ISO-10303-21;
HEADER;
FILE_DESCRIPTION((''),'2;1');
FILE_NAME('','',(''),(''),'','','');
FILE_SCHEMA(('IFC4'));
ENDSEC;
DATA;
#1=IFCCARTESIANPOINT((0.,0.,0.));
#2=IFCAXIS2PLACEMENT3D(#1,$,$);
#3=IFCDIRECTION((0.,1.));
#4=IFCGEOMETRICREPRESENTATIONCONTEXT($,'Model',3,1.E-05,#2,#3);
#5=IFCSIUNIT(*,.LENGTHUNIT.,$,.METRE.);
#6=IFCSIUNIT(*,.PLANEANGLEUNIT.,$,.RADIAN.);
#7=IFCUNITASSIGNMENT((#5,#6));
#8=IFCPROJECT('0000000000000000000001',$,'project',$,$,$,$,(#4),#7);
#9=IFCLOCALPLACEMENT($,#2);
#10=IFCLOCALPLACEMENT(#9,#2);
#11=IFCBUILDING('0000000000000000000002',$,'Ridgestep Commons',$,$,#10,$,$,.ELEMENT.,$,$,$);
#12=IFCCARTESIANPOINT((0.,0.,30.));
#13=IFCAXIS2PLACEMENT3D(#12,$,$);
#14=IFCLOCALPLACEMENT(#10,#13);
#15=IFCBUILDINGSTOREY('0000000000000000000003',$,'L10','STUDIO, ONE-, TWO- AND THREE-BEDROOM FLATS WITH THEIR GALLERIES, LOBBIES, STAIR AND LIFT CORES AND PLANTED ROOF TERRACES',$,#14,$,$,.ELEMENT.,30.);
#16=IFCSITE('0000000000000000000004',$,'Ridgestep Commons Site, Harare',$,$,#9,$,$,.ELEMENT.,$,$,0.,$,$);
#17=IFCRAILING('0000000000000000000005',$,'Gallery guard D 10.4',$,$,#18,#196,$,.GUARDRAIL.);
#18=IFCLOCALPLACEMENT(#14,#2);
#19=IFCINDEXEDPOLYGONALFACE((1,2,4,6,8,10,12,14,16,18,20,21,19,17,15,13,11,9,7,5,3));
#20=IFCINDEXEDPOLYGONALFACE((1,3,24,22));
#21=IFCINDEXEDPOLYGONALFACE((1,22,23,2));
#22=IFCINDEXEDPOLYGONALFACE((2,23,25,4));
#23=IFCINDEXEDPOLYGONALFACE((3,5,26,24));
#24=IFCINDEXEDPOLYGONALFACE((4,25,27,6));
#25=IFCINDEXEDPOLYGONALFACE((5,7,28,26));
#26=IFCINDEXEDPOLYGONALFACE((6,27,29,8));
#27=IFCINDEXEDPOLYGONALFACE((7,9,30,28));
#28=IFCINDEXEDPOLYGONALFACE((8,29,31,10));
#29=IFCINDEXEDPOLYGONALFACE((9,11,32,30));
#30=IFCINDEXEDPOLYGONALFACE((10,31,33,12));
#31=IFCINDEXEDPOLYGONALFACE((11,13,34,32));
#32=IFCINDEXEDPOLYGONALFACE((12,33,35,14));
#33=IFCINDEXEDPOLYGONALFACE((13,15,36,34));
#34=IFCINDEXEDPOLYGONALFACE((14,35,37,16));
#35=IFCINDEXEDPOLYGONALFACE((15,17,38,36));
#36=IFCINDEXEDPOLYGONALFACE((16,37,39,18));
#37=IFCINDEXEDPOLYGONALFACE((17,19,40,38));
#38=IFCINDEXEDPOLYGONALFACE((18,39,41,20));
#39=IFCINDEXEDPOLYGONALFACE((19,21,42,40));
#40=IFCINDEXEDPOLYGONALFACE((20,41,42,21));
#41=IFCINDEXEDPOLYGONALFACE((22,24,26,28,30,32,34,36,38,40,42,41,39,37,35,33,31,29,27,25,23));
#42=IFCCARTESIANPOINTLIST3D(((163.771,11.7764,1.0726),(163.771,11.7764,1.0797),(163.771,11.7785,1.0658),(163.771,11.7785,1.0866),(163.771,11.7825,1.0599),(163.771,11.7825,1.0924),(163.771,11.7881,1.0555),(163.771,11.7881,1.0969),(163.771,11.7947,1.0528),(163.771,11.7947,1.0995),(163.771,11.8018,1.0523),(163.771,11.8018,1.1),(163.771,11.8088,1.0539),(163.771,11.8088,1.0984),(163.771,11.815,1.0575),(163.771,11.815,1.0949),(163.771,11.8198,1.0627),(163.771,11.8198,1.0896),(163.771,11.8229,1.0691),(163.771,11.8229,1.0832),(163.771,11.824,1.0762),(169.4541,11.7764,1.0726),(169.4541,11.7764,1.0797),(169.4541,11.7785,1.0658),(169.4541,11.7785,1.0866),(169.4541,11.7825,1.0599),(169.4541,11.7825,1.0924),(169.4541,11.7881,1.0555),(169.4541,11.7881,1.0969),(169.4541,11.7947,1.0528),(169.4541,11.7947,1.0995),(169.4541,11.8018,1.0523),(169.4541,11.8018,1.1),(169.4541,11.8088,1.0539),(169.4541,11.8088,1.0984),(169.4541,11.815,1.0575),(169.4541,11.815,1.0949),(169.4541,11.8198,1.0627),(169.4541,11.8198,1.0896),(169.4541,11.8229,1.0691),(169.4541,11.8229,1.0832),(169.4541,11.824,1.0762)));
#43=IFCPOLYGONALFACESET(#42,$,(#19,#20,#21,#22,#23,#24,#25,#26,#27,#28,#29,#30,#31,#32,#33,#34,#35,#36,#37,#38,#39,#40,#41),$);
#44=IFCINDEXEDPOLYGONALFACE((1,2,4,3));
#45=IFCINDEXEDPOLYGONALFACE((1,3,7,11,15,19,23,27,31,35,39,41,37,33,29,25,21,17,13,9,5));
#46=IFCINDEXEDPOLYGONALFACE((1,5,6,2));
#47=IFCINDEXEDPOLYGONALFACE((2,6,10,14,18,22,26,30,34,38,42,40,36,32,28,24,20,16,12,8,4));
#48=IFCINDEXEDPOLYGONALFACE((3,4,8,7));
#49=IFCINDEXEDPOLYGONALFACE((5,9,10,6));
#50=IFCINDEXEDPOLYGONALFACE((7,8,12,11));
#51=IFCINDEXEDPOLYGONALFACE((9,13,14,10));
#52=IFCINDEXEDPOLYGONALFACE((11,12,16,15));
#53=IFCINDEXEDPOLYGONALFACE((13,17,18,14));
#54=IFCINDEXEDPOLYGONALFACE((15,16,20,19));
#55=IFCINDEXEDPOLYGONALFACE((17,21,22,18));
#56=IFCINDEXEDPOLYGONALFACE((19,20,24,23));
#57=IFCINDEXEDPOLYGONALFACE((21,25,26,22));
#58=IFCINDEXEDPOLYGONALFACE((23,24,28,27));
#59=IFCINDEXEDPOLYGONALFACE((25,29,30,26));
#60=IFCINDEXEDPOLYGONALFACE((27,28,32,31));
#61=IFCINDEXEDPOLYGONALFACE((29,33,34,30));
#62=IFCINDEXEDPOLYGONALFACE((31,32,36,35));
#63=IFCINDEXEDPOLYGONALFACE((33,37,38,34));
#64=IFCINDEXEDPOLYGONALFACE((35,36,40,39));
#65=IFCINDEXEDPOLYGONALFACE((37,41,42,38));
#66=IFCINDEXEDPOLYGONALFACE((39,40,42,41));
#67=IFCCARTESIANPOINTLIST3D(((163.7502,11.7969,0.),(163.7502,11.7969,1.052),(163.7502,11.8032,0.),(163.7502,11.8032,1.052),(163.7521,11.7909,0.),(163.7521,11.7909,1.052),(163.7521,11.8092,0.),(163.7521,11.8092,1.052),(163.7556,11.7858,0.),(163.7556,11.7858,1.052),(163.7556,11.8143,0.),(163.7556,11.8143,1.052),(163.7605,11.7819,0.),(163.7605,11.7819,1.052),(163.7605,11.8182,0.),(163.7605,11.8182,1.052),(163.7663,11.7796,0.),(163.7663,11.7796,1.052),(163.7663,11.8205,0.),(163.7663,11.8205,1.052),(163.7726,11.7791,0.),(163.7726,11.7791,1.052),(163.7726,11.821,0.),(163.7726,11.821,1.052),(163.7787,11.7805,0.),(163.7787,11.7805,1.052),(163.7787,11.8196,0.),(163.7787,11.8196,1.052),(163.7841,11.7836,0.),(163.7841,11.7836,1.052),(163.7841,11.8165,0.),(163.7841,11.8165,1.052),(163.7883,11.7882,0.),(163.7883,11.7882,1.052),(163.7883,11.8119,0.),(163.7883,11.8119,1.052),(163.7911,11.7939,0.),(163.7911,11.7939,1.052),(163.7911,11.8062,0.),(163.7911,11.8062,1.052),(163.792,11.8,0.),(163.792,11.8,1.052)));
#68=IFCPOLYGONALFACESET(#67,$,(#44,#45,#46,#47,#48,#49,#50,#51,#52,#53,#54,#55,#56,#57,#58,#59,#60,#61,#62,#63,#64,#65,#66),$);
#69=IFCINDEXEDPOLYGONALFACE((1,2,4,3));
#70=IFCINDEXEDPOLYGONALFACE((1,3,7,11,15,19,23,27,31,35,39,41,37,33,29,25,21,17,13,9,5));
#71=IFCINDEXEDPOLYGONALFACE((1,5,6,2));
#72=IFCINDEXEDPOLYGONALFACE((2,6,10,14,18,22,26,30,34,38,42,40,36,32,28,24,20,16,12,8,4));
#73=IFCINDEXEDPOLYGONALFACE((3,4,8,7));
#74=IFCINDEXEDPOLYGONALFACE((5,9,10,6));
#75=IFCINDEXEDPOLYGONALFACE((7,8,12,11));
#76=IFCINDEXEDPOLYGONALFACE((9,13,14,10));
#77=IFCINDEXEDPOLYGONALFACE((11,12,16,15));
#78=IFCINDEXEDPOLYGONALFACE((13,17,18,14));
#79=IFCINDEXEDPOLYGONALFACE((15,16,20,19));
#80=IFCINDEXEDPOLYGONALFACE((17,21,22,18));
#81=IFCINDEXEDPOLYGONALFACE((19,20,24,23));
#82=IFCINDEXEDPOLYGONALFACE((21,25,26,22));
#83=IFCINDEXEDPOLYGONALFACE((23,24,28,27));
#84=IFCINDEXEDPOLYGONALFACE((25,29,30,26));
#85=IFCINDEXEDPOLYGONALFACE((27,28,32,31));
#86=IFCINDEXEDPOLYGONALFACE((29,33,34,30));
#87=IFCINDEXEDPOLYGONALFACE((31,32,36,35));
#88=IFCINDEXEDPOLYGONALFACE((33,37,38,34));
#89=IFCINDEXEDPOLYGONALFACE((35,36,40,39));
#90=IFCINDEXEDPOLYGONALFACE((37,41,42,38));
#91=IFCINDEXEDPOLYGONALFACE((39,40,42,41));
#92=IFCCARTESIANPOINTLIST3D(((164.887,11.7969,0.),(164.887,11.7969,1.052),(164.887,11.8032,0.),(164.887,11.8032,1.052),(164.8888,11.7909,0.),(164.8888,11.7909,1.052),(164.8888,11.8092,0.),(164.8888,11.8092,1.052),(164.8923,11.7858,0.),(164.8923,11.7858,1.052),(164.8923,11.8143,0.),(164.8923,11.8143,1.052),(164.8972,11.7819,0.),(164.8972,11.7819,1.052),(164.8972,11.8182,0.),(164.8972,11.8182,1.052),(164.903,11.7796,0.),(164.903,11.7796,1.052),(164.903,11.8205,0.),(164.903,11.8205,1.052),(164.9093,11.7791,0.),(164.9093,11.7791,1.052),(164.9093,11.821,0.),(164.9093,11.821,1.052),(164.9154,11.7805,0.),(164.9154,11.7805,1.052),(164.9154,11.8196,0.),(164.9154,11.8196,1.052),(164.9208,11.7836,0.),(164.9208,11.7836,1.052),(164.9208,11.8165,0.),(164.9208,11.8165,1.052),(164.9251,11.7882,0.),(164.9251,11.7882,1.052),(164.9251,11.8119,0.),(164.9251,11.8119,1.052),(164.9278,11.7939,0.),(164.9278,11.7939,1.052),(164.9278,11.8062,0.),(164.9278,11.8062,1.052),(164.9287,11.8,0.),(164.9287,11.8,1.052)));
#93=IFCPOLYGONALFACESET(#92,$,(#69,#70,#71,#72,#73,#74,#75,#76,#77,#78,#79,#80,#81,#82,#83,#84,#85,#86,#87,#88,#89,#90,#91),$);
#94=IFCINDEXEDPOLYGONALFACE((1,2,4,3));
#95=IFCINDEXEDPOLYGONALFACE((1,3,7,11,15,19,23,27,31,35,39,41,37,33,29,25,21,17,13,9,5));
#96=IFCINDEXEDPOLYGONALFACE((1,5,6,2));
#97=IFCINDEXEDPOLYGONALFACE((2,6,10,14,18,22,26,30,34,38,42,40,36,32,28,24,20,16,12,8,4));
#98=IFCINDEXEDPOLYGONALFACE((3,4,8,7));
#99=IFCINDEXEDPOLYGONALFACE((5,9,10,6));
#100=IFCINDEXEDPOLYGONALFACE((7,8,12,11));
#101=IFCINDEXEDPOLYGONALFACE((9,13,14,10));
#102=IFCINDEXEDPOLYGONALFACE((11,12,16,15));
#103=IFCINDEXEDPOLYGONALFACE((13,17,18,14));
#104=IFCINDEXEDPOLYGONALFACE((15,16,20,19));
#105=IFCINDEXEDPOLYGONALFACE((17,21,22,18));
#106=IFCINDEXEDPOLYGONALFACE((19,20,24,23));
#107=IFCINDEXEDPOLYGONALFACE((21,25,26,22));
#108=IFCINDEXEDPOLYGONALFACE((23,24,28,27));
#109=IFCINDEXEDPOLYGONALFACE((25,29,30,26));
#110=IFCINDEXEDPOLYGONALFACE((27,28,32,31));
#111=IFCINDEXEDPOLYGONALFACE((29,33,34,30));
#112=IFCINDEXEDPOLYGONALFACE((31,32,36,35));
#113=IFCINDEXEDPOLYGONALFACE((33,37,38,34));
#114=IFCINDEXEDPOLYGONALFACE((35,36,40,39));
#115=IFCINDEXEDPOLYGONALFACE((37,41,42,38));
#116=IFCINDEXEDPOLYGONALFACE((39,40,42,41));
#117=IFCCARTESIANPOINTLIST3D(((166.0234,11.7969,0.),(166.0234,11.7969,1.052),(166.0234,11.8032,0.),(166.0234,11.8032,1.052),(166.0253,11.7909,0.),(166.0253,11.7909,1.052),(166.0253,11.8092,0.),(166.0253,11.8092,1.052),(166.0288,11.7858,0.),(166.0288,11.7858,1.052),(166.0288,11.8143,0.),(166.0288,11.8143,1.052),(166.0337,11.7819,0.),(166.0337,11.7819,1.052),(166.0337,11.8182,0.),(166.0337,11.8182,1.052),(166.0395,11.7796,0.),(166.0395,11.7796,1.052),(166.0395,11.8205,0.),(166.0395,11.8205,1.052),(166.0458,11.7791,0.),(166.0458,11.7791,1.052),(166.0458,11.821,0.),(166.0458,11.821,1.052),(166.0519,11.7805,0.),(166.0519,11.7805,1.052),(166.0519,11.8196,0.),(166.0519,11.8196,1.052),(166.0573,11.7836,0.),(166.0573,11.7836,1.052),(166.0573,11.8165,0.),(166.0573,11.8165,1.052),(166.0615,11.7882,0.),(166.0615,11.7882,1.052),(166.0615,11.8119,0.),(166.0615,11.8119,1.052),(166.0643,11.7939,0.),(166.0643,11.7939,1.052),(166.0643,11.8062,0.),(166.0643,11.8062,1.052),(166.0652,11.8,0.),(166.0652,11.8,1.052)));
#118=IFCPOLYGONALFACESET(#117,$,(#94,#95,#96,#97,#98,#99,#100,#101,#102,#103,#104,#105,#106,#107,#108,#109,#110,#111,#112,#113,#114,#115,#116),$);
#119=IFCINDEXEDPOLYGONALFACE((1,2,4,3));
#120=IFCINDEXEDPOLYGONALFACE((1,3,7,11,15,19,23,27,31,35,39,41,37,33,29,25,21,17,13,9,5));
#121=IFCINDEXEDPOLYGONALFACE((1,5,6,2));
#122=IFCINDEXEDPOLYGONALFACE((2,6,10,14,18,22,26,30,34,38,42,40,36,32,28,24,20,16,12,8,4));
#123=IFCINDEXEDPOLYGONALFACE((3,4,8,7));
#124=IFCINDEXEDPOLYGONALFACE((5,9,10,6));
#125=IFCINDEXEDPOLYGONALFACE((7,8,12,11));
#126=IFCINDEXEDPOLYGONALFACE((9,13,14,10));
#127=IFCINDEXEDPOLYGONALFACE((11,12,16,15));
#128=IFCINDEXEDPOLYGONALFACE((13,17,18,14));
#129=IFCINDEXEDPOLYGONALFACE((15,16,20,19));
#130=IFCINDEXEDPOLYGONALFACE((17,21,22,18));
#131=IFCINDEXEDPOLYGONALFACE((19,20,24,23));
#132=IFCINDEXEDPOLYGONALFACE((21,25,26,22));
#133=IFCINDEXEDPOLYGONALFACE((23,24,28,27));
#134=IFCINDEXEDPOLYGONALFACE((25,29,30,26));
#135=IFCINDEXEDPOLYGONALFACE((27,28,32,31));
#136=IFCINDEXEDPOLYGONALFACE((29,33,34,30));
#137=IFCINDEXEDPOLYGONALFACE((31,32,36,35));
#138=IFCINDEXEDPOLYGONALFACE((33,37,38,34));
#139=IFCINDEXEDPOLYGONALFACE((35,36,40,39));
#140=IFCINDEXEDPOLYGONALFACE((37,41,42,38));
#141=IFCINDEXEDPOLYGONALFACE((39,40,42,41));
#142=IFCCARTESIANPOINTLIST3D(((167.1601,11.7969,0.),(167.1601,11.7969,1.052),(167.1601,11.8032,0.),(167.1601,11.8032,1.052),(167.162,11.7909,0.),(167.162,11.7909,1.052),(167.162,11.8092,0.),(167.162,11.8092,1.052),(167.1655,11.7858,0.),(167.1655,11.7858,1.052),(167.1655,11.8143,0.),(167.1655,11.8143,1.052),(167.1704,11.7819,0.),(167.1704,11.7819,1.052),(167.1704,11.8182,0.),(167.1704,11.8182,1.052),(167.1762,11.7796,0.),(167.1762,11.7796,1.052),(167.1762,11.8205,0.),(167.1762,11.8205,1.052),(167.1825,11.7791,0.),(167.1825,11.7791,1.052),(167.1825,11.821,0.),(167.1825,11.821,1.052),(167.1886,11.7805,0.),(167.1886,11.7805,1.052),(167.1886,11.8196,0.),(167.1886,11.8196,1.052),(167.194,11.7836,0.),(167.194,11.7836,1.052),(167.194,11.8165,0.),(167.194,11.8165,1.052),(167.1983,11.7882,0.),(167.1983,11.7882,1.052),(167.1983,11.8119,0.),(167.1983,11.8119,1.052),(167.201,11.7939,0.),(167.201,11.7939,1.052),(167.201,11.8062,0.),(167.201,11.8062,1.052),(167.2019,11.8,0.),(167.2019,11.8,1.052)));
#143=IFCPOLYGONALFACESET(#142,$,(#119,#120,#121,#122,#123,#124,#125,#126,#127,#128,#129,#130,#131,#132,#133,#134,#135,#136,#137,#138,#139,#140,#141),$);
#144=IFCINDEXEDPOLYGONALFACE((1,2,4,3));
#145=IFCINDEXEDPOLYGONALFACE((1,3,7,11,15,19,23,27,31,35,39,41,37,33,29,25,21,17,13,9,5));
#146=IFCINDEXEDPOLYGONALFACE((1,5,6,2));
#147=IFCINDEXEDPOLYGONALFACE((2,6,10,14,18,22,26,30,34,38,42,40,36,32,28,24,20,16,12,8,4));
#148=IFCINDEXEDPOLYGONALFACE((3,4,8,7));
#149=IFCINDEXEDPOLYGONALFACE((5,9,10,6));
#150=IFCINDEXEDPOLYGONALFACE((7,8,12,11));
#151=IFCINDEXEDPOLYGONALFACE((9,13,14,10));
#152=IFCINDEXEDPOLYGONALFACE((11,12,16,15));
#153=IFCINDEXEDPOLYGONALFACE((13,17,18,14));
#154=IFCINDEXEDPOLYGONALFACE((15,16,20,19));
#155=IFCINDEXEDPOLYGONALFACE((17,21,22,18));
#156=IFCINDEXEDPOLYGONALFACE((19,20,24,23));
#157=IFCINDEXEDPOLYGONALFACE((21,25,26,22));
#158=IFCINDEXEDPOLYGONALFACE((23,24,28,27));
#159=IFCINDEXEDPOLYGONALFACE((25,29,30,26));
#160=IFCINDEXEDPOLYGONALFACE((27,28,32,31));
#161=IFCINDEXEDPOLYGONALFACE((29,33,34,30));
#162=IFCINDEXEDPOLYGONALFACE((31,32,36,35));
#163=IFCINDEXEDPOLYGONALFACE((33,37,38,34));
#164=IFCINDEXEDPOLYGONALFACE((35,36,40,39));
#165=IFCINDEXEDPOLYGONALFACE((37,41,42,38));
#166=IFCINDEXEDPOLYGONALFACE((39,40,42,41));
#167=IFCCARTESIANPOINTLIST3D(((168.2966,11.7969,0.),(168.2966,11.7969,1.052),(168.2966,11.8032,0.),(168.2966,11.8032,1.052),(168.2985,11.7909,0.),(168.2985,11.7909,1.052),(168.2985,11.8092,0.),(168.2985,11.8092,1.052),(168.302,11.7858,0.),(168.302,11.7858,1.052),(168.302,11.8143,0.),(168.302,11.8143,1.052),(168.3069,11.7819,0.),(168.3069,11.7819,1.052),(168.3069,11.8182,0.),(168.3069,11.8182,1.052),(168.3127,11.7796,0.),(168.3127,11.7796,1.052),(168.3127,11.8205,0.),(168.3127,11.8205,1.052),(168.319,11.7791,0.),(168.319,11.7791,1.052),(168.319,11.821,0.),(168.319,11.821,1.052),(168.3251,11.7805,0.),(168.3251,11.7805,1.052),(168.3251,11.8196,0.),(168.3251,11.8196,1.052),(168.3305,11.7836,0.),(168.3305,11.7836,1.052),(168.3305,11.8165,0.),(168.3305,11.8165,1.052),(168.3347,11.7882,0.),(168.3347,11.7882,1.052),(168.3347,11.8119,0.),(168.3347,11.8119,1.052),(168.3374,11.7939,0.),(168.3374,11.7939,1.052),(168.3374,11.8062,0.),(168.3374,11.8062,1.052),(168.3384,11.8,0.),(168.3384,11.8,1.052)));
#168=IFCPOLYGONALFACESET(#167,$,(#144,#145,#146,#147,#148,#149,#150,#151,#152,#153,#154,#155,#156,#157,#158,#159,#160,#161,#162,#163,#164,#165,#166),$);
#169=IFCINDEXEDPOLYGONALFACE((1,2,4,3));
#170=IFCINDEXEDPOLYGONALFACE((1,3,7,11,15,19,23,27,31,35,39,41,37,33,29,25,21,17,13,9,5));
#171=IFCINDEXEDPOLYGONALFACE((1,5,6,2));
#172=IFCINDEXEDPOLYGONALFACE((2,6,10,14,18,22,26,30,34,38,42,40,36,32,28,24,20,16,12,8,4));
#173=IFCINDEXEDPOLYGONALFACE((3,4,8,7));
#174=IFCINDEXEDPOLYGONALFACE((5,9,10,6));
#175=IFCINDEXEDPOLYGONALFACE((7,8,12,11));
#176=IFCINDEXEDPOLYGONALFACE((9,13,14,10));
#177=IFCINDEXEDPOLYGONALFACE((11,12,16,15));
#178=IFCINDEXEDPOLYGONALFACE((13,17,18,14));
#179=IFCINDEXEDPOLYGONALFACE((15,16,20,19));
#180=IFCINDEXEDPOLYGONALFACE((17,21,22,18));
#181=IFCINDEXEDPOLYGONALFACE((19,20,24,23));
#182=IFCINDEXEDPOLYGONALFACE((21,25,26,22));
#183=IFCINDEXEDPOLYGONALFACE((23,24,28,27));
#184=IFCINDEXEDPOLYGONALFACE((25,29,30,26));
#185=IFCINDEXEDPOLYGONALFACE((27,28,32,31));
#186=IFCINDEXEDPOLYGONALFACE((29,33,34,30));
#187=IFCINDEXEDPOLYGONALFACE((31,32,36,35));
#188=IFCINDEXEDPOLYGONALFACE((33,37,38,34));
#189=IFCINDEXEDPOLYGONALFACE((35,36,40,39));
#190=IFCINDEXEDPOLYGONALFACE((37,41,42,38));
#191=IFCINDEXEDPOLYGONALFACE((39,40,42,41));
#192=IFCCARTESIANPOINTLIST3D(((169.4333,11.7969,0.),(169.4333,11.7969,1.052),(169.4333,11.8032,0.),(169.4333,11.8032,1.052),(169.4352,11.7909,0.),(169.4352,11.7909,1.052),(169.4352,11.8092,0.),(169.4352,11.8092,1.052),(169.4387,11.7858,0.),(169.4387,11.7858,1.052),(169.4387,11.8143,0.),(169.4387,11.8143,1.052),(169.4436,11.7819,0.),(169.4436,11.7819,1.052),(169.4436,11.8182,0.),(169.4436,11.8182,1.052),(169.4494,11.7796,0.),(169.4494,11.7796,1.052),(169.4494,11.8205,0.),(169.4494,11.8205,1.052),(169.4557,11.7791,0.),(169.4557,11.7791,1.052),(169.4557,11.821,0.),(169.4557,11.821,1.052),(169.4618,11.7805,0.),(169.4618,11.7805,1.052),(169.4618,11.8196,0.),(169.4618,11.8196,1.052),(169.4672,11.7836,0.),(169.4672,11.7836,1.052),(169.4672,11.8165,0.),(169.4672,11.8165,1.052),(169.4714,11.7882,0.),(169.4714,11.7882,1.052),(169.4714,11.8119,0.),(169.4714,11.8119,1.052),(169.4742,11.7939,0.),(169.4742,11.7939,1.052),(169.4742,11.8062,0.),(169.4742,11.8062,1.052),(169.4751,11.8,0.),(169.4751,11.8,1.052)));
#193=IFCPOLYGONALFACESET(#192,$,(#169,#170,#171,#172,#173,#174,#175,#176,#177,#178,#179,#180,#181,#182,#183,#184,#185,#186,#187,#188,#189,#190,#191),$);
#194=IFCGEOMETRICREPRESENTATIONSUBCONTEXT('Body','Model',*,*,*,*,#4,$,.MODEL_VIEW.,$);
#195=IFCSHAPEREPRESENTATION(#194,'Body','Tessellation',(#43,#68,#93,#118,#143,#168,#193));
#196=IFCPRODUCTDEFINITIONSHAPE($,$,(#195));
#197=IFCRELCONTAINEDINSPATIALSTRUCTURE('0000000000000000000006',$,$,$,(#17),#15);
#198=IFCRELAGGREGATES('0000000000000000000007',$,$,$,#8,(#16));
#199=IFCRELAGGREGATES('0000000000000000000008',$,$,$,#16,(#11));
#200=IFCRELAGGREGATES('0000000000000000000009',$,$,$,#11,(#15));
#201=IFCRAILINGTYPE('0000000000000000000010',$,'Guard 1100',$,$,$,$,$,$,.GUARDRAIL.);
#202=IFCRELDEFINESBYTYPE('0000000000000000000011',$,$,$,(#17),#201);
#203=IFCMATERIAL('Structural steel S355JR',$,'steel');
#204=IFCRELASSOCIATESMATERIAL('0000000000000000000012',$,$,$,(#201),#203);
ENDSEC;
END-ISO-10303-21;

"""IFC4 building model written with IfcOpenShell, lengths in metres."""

from ifc_helpers import new_model, si_unit, direction, frame, origin, origin_2d, place, context, subcontext, project, spatial, circle, extrude, material, type_object, element, save


model = new_model("IFC4")

# Units and contexts
model_context = context("Model", 3, precision=1e-05, world=origin(), true_north=direction((0.0, 1.0)))
body_context = subcontext(model_context, "Body", "Model", "MODEL_VIEW")
ifc_project = project(units=[si_unit("LENGTHUNIT", "METRE"), si_unit("PLANEANGLEUNIT", "RADIAN")], contexts=[model_context])

# Site, building, storey
site_placement = place(None, origin())
site = spatial("IfcSite", under=ifc_project, at=site_placement, Name="Ridgestep Commons Site, Harare", CompositionType="ELEMENT", RefElevation=0.0)
building_placement = place(site_placement, origin())
building = spatial("IfcBuilding", under=site, at=building_placement, Name="Ridgestep Commons", CompositionType="ELEMENT")
storey_placement = place(building_placement, frame((0.0, 0.0, 30.0)))
storey = spatial("IfcBuildingStorey", under=building, at=storey_placement, Name="L10", Description="STUDIO, ONE-, TWO- AND THREE-BEDROOM FLATS WITH THEIR GALLERIES, LOBBIES, STAIR AND LIFT CORES AND PLANTED ROOF TERRACES", CompositionType="ELEMENT", Elevation=30.0)

# Railing
ifc_material_1 = material(Name="Structural steel S355JR", Category="steel")
railing_type = type_object("IfcRailingType", Name="Guard 1100", PredefinedType="GUARDRAIL", material=ifc_material_1)
railing_placement = place(storey_placement, frame((163.771, 11.8, 0.0)))
element("IfcRailing", 1, at=railing_placement, inside=storey, type_object=railing_type, Name="Gallery guard D 10.4", PredefinedType="GUARDRAIL", context=body_context, shape_type="SweptSolid", body=[
    extrude(circle(Radius=0.0239, at=origin_2d()), frame((0.0, 0.0, 1.0762), z_axis=(1.0, 0.0, 0.0), x_axis=(0.0, 1.0, 0.0)), (0.0, 0.0, 1.0), 5.6831),
    extrude(circle(Radius=0.021, at=origin_2d()), origin(), (0.0, 0.0, 1.0), 1.052),
    extrude(circle(Radius=0.021, at=origin_2d()), frame((1.1367, 0.0, 0.0)), (0.0, 0.0, 1.0), 1.052),
    extrude(circle(Radius=0.021, at=origin_2d()), frame((2.2732, 0.0, 0.0)), (0.0, 0.0, 1.0), 1.052),
    extrude(circle(Radius=0.021, at=origin_2d()), frame((3.4099, 0.0, 0.0)), (0.0, 0.0, 1.0), 1.052),
    extrude(circle(Radius=0.021, at=origin_2d()), frame((4.5464, 0.0, 0.0)), (0.0, 0.0, 1.0), 1.052),
    extrude(circle(Radius=0.021, at=origin_2d()), frame((5.6831, 0.0, 0.0)), (0.0, 0.0, 1.0), 1.052),
])

save(model, "model.ifc")
